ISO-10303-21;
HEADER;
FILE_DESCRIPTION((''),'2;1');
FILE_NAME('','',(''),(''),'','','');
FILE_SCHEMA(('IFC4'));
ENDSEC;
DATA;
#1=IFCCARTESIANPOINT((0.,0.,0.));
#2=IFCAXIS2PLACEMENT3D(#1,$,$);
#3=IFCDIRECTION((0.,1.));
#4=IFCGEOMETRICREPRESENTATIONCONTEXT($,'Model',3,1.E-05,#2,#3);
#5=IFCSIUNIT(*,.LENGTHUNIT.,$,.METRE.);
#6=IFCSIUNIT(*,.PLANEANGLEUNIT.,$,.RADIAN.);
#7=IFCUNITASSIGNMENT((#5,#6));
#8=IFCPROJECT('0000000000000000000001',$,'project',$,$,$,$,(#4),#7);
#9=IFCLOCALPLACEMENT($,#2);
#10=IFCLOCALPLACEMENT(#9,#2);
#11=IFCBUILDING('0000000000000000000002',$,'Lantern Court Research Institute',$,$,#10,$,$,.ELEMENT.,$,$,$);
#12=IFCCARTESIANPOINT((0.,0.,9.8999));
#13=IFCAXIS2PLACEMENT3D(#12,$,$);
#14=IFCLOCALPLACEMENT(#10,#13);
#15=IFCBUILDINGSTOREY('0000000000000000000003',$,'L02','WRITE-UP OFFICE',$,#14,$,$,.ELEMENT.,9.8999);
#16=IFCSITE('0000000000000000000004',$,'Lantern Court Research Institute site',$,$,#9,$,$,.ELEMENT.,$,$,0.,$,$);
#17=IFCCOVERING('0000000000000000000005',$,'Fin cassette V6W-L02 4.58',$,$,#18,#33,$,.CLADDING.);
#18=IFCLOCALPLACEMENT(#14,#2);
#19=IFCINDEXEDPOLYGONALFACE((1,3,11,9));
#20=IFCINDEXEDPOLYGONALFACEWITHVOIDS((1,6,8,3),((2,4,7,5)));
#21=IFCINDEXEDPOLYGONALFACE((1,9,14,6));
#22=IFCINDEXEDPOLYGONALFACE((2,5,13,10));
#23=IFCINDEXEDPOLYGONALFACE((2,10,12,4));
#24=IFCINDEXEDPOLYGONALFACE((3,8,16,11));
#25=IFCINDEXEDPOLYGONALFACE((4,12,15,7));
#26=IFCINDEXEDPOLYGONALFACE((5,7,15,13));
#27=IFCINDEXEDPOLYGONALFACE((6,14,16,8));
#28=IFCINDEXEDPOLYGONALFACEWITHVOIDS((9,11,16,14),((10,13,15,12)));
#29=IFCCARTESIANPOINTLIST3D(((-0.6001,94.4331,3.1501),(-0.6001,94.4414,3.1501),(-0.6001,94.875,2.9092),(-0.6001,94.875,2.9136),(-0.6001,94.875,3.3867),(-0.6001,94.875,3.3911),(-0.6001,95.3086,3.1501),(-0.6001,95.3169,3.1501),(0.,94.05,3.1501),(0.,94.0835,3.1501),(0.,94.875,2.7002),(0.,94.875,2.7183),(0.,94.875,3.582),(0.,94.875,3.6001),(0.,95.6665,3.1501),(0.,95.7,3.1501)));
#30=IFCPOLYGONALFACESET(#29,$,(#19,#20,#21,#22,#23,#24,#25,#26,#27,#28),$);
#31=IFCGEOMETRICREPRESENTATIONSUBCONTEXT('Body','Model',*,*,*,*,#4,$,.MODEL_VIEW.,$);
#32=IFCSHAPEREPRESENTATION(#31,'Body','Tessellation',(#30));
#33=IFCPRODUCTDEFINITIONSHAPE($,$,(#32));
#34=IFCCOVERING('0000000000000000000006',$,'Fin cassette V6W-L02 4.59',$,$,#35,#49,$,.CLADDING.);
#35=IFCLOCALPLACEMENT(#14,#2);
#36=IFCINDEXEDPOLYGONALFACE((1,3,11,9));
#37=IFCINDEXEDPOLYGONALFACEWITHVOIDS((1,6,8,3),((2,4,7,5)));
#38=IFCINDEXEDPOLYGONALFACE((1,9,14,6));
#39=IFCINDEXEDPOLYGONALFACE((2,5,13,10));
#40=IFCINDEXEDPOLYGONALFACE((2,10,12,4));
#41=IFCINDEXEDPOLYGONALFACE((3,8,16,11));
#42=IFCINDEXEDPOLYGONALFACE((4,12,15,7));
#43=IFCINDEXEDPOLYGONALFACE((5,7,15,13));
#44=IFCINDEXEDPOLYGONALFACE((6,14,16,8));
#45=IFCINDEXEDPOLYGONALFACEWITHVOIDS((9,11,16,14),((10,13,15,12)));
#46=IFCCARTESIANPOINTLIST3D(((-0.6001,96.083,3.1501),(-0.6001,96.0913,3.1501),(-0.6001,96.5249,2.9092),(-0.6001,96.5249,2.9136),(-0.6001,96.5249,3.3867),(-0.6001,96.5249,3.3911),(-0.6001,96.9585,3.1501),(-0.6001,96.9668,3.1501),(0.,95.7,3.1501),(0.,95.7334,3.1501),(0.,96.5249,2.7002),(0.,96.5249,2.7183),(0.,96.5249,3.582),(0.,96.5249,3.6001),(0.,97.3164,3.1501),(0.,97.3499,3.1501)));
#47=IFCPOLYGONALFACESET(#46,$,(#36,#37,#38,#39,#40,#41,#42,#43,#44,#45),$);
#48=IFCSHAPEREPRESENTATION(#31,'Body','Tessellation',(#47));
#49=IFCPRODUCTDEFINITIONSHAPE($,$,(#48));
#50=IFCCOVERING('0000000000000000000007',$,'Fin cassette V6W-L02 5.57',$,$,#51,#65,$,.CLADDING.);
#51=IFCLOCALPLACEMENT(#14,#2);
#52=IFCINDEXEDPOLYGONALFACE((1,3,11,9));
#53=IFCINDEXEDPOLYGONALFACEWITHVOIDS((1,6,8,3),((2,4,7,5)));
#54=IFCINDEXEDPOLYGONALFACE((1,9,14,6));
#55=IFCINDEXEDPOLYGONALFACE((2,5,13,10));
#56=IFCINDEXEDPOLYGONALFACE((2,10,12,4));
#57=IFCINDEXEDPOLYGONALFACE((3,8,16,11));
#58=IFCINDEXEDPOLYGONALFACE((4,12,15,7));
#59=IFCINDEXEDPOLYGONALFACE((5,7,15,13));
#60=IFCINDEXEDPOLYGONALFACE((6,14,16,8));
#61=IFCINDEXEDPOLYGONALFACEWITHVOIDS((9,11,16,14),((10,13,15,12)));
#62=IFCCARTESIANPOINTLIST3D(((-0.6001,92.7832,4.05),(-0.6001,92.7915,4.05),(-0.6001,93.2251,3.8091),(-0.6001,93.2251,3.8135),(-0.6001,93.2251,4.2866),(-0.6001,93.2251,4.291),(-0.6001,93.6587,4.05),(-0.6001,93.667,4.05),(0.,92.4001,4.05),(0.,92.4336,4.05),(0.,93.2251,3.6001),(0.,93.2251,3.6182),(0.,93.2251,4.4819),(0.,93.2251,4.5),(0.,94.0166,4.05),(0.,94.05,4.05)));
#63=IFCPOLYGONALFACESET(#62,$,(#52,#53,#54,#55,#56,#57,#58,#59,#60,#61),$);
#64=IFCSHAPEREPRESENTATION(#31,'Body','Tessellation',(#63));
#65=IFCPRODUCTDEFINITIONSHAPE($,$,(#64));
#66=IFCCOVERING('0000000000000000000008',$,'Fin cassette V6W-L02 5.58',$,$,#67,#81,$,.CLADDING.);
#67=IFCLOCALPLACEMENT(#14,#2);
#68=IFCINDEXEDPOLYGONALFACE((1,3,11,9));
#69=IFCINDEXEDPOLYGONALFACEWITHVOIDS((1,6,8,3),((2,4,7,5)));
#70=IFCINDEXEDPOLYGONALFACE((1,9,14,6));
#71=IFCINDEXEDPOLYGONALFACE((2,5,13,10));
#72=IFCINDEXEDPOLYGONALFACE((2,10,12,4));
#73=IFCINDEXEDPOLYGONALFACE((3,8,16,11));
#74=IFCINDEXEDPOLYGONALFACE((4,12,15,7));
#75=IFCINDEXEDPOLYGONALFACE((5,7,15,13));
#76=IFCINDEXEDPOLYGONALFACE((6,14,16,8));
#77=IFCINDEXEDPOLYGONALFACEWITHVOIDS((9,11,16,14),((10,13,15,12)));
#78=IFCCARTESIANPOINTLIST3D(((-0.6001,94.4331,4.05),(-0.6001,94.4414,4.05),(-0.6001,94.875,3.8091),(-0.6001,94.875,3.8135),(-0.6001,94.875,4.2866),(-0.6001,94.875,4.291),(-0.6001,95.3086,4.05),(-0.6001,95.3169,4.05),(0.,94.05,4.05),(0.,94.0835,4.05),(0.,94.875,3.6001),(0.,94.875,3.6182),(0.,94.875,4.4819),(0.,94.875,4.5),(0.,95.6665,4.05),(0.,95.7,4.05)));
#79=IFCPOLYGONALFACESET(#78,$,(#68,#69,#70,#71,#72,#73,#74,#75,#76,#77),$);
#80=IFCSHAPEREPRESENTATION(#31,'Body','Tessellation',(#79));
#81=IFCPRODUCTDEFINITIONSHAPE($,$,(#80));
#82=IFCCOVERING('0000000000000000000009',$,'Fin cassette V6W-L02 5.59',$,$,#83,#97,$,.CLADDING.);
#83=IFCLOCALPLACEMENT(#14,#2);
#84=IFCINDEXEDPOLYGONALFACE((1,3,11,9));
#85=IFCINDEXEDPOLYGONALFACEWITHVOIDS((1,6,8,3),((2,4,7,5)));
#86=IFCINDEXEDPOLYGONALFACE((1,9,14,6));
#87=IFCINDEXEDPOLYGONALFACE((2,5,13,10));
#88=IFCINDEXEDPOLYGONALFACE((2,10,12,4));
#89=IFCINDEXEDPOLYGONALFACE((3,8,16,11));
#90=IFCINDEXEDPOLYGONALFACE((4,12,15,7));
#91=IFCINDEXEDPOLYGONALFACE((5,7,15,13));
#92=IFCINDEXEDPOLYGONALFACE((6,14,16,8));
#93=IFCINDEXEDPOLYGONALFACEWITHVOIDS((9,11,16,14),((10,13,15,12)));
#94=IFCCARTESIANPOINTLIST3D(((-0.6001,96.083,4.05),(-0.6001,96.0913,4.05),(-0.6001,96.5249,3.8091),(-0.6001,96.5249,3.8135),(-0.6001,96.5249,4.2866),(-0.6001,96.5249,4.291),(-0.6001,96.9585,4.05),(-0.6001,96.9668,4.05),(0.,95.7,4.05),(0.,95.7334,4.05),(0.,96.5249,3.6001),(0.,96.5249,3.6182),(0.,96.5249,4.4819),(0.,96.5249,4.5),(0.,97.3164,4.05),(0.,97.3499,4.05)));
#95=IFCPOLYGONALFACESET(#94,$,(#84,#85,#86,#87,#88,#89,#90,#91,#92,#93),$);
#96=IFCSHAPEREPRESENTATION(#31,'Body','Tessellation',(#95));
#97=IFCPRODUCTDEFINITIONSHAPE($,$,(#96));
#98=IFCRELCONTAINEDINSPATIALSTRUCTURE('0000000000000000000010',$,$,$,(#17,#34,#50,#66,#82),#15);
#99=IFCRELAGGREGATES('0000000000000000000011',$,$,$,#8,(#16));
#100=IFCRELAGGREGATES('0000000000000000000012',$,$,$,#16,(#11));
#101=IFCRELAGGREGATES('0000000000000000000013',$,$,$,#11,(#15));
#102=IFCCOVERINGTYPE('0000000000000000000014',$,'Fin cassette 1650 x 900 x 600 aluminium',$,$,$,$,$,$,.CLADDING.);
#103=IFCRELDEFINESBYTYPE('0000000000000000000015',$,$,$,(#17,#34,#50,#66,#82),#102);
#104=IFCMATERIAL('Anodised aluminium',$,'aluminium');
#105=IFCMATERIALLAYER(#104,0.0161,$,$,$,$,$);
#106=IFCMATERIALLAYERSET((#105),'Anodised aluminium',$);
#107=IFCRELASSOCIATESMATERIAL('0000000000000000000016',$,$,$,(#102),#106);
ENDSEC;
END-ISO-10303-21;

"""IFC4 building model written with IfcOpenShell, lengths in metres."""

from ifc_helpers import new_model, entity, si_unit, direction, frame, origin, place, context, subcontext, project, spatial, material, layer, layer_set, type_object, element, save


model = new_model("IFC4")

# Units and contexts
model_context = context("Model", 3, precision=1e-05, world=origin(), true_north=direction((0.0, 1.0)))
body_context = subcontext(model_context, "Body", "Model", "MODEL_VIEW")
ifc_project = project(units=[si_unit("LENGTHUNIT", "METRE"), si_unit("PLANEANGLEUNIT", "RADIAN")], contexts=[model_context])

# Site, building, storey
site_placement = place(None, origin())
site = spatial("IfcSite", under=ifc_project, at=site_placement, Name="Lantern Court Research Institute site", CompositionType="ELEMENT", RefElevation=0.0)
building_placement = place(site_placement, origin())
building = spatial("IfcBuilding", under=site, at=building_placement, Name="Lantern Court Research Institute", CompositionType="ELEMENT")
storey_placement = place(building_placement, frame((0.0, 0.0, 9.8999)))
storey = spatial("IfcBuildingStorey", under=building, at=storey_placement, Name="L02", Description="WRITE-UP OFFICE", CompositionType="ELEMENT", Elevation=9.8999)

# Coverings
ifc_material_1 = material(Name="Anodised aluminium", Category="aluminium")
ifc_layer_1 = layer(ifc_material_1, 0.0161)
ifc_layer_set_1 = layer_set([ifc_layer_1], Name="Anodised aluminium")
covering_type = type_object("IfcCoveringType", Name="Fin cassette 1650 x 900 x 600 aluminium", PredefinedType="CLADDING", material=ifc_layer_set_1)
covering_1_placement = place(storey_placement, frame((0.0, 94.875, 3.1501), z_axis=(-1.0, 0.0, 0.0), x_axis=(0.0, -1.0, 0.0)))
cartesian_point_1 = entity("IfcCartesianPoint", [0.825, 0.0])
cartesian_point_2 = entity("IfcCartesianPoint", [0.7915, 0.0])
cartesian_point_3 = entity("IfcCartesianPoint", [0.4419, 0.0])
cartesian_point_4 = entity("IfcCartesianPoint", [0.4336, 0.0])
element("IfcCovering", 1, at=covering_1_placement, inside=storey, type_object=covering_type, Name="Fin cassette V6W-L02 4.58", PredefinedType="CLADDING", context=body_context, shape_type="SweptSolid", body=[
    entity("IfcExtrudedAreaSolidTapered", entity("IfcArbitraryProfileDefWithVoids", "AREA", None, entity("IfcPolyline", [cartesian_point_1, entity("IfcCartesianPoint", [0.0, 0.45]), entity("IfcCartesianPoint", [-0.825, 0.0]), entity("IfcCartesianPoint", [0.0, -0.45]), cartesian_point_1]), [entity("IfcPolyline", [cartesian_point_2, entity("IfcCartesianPoint", [0.0, 0.4319]), entity("IfcCartesianPoint", [-0.7915, 0.0]), entity("IfcCartesianPoint", [0.0, -0.4319]), cartesian_point_2])]), entity("IfcAxis2Placement3D", entity("IfcCartesianPoint", [0.0, 0.0, 0.0])), entity("IfcDirection", [0.0, 0.0, 1.0]), 0.6001, entity("IfcArbitraryProfileDefWithVoids", "AREA", None, entity("IfcPolyline", [cartesian_point_3, entity("IfcCartesianPoint", [0.0, 0.241]), entity("IfcCartesianPoint", [-0.4419, 0.0]), entity("IfcCartesianPoint", [0.0, -0.241]), cartesian_point_3]), [entity("IfcPolyline", [cartesian_point_4, entity("IfcCartesianPoint", [0.0, 0.2366]), entity("IfcCartesianPoint", [-0.4336, 0.0]), entity("IfcCartesianPoint", [0.0, -0.2366]), cartesian_point_4])])),
])
covering_2_placement = place(storey_placement, frame((0.0, 96.5249, 3.1501), z_axis=(-1.0, 0.0, 0.0), x_axis=(0.0, -1.0, 0.0)))
cartesian_point_5 = entity("IfcCartesianPoint", [0.825, 0.0])
cartesian_point_6 = entity("IfcCartesianPoint", [0.7915, 0.0])
cartesian_point_7 = entity("IfcCartesianPoint", [0.4419, 0.0])
cartesian_point_8 = entity("IfcCartesianPoint", [0.4336, 0.0])
element("IfcCovering", 2, at=covering_2_placement, inside=storey, type_object=covering_type, Name="Fin cassette V6W-L02 4.59", PredefinedType="CLADDING", context=body_context, shape_type="SweptSolid", body=[
    entity("IfcExtrudedAreaSolidTapered", entity("IfcArbitraryProfileDefWithVoids", "AREA", None, entity("IfcPolyline", [cartesian_point_5, entity("IfcCartesianPoint", [0.0, 0.45]), entity("IfcCartesianPoint", [-0.825, 0.0]), entity("IfcCartesianPoint", [0.0, -0.45]), cartesian_point_5]), [entity("IfcPolyline", [cartesian_point_6, entity("IfcCartesianPoint", [0.0, 0.4319]), entity("IfcCartesianPoint", [-0.7915, 0.0]), entity("IfcCartesianPoint", [0.0, -0.4319]), cartesian_point_6])]), entity("IfcAxis2Placement3D", entity("IfcCartesianPoint", [0.0, 0.0, 0.0])), entity("IfcDirection", [0.0, 0.0, 1.0]), 0.6001, entity("IfcArbitraryProfileDefWithVoids", "AREA", None, entity("IfcPolyline", [cartesian_point_7, entity("IfcCartesianPoint", [0.0, 0.241]), entity("IfcCartesianPoint", [-0.4419, 0.0]), entity("IfcCartesianPoint", [0.0, -0.241]), cartesian_point_7]), [entity("IfcPolyline", [cartesian_point_8, entity("IfcCartesianPoint", [0.0, 0.2366]), entity("IfcCartesianPoint", [-0.4336, 0.0]), entity("IfcCartesianPoint", [0.0, -0.2366]), cartesian_point_8])])),
])
covering_3_placement = place(storey_placement, frame((0.0, 93.2251, 4.05), z_axis=(-1.0, 0.0, 0.0), x_axis=(0.0, -1.0, 0.0)))
cartesian_point_9 = entity("IfcCartesianPoint", [0.825, 0.0])
cartesian_point_10 = entity("IfcCartesianPoint", [0.7915, 0.0])
cartesian_point_11 = entity("IfcCartesianPoint", [0.4419, 0.0])
cartesian_point_12 = entity("IfcCartesianPoint", [0.4336, 0.0])
element("IfcCovering", 3, at=covering_3_placement, inside=storey, type_object=covering_type, Name="Fin cassette V6W-L02 5.57", PredefinedType="CLADDING", context=body_context, shape_type="SweptSolid", body=[
    entity("IfcExtrudedAreaSolidTapered", entity("IfcArbitraryProfileDefWithVoids", "AREA", None, entity("IfcPolyline", [cartesian_point_9, entity("IfcCartesianPoint", [0.0, 0.45]), entity("IfcCartesianPoint", [-0.825, 0.0]), entity("IfcCartesianPoint", [0.0, -0.45]), cartesian_point_9]), [entity("IfcPolyline", [cartesian_point_10, entity("IfcCartesianPoint", [0.0, 0.4319]), entity("IfcCartesianPoint", [-0.7915, 0.0]), entity("IfcCartesianPoint", [0.0, -0.4319]), cartesian_point_10])]), entity("IfcAxis2Placement3D", entity("IfcCartesianPoint", [0.0, 0.0, 0.0])), entity("IfcDirection", [0.0, 0.0, 1.0]), 0.6001, entity("IfcArbitraryProfileDefWithVoids", "AREA", None, entity("IfcPolyline", [cartesian_point_11, entity("IfcCartesianPoint", [0.0, 0.241]), entity("IfcCartesianPoint", [-0.4419, 0.0]), entity("IfcCartesianPoint", [0.0, -0.241]), cartesian_point_11]), [entity("IfcPolyline", [cartesian_point_12, entity("IfcCartesianPoint", [0.0, 0.2366]), entity("IfcCartesianPoint", [-0.4336, 0.0]), entity("IfcCartesianPoint", [0.0, -0.2366]), cartesian_point_12])])),
])
covering_4_placement = place(storey_placement, frame((0.0, 94.875, 4.05), z_axis=(-1.0, 0.0, 0.0), x_axis=(0.0, -1.0, 0.0)))
cartesian_point_13 = entity("IfcCartesianPoint", [0.825, 0.0])
cartesian_point_14 = entity("IfcCartesianPoint", [0.7915, 0.0])
cartesian_point_15 = entity("IfcCartesianPoint", [0.4419, 0.0])
cartesian_point_16 = entity("IfcCartesianPoint", [0.4336, 0.0])
element("IfcCovering", 4, at=covering_4_placement, inside=storey, type_object=covering_type, Name="Fin cassette V6W-L02 5.58", PredefinedType="CLADDING", context=body_context, shape_type="SweptSolid", body=[
    entity("IfcExtrudedAreaSolidTapered", entity("IfcArbitraryProfileDefWithVoids", "AREA", None, entity("IfcPolyline", [cartesian_point_13, entity("IfcCartesianPoint", [0.0, 0.45]), entity("IfcCartesianPoint", [-0.825, 0.0]), entity("IfcCartesianPoint", [0.0, -0.45]), cartesian_point_13]), [entity("IfcPolyline", [cartesian_point_14, entity("IfcCartesianPoint", [0.0, 0.4319]), entity("IfcCartesianPoint", [-0.7915, 0.0]), entity("IfcCartesianPoint", [0.0, -0.4319]), cartesian_point_14])]), entity("IfcAxis2Placement3D", entity("IfcCartesianPoint", [0.0, 0.0, 0.0])), entity("IfcDirection", [0.0, 0.0, 1.0]), 0.6001, entity("IfcArbitraryProfileDefWithVoids", "AREA", None, entity("IfcPolyline", [cartesian_point_15, entity("IfcCartesianPoint", [0.0, 0.241]), entity("IfcCartesianPoint", [-0.4419, 0.0]), entity("IfcCartesianPoint", [0.0, -0.241]), cartesian_point_15]), [entity("IfcPolyline", [cartesian_point_16, entity("IfcCartesianPoint", [0.0, 0.2366]), entity("IfcCartesianPoint", [-0.4336, 0.0]), entity("IfcCartesianPoint", [0.0, -0.2366]), cartesian_point_16])])),
])
covering_5_placement = place(storey_placement, frame((0.0, 96.5249, 4.05), z_axis=(-1.0, 0.0, 0.0), x_axis=(0.0, -1.0, 0.0)))
cartesian_point_17 = entity("IfcCartesianPoint", [0.825, 0.0])
cartesian_point_18 = entity("IfcCartesianPoint", [0.7915, 0.0])
cartesian_point_19 = entity("IfcCartesianPoint", [0.4419, 0.0])
cartesian_point_20 = entity("IfcCartesianPoint", [0.4336, 0.0])
element("IfcCovering", 5, at=covering_5_placement, inside=storey, type_object=covering_type, Name="Fin cassette V6W-L02 5.59", PredefinedType="CLADDING", context=body_context, shape_type="SweptSolid", body=[
    entity("IfcExtrudedAreaSolidTapered", entity("IfcArbitraryProfileDefWithVoids", "AREA", None, entity("IfcPolyline", [cartesian_point_17, entity("IfcCartesianPoint", [0.0, 0.45]), entity("IfcCartesianPoint", [-0.825, 0.0]), entity("IfcCartesianPoint", [0.0, -0.45]), cartesian_point_17]), [entity("IfcPolyline", [cartesian_point_18, entity("IfcCartesianPoint", [0.0, 0.4319]), entity("IfcCartesianPoint", [-0.7915, 0.0]), entity("IfcCartesianPoint", [0.0, -0.4319]), cartesian_point_18])]), entity("IfcAxis2Placement3D", entity("IfcCartesianPoint", [0.0, 0.0, 0.0])), entity("IfcDirection", [0.0, 0.0, 1.0]), 0.6001, entity("IfcArbitraryProfileDefWithVoids", "AREA", None, entity("IfcPolyline", [cartesian_point_19, entity("IfcCartesianPoint", [0.0, 0.241]), entity("IfcCartesianPoint", [-0.4419, 0.0]), entity("IfcCartesianPoint", [0.0, -0.241]), cartesian_point_19]), [entity("IfcPolyline", [cartesian_point_20, entity("IfcCartesianPoint", [0.0, 0.2366]), entity("IfcCartesianPoint", [-0.4336, 0.0]), entity("IfcCartesianPoint", [0.0, -0.2366]), cartesian_point_20])])),
])

save(model, "model.ifc")
